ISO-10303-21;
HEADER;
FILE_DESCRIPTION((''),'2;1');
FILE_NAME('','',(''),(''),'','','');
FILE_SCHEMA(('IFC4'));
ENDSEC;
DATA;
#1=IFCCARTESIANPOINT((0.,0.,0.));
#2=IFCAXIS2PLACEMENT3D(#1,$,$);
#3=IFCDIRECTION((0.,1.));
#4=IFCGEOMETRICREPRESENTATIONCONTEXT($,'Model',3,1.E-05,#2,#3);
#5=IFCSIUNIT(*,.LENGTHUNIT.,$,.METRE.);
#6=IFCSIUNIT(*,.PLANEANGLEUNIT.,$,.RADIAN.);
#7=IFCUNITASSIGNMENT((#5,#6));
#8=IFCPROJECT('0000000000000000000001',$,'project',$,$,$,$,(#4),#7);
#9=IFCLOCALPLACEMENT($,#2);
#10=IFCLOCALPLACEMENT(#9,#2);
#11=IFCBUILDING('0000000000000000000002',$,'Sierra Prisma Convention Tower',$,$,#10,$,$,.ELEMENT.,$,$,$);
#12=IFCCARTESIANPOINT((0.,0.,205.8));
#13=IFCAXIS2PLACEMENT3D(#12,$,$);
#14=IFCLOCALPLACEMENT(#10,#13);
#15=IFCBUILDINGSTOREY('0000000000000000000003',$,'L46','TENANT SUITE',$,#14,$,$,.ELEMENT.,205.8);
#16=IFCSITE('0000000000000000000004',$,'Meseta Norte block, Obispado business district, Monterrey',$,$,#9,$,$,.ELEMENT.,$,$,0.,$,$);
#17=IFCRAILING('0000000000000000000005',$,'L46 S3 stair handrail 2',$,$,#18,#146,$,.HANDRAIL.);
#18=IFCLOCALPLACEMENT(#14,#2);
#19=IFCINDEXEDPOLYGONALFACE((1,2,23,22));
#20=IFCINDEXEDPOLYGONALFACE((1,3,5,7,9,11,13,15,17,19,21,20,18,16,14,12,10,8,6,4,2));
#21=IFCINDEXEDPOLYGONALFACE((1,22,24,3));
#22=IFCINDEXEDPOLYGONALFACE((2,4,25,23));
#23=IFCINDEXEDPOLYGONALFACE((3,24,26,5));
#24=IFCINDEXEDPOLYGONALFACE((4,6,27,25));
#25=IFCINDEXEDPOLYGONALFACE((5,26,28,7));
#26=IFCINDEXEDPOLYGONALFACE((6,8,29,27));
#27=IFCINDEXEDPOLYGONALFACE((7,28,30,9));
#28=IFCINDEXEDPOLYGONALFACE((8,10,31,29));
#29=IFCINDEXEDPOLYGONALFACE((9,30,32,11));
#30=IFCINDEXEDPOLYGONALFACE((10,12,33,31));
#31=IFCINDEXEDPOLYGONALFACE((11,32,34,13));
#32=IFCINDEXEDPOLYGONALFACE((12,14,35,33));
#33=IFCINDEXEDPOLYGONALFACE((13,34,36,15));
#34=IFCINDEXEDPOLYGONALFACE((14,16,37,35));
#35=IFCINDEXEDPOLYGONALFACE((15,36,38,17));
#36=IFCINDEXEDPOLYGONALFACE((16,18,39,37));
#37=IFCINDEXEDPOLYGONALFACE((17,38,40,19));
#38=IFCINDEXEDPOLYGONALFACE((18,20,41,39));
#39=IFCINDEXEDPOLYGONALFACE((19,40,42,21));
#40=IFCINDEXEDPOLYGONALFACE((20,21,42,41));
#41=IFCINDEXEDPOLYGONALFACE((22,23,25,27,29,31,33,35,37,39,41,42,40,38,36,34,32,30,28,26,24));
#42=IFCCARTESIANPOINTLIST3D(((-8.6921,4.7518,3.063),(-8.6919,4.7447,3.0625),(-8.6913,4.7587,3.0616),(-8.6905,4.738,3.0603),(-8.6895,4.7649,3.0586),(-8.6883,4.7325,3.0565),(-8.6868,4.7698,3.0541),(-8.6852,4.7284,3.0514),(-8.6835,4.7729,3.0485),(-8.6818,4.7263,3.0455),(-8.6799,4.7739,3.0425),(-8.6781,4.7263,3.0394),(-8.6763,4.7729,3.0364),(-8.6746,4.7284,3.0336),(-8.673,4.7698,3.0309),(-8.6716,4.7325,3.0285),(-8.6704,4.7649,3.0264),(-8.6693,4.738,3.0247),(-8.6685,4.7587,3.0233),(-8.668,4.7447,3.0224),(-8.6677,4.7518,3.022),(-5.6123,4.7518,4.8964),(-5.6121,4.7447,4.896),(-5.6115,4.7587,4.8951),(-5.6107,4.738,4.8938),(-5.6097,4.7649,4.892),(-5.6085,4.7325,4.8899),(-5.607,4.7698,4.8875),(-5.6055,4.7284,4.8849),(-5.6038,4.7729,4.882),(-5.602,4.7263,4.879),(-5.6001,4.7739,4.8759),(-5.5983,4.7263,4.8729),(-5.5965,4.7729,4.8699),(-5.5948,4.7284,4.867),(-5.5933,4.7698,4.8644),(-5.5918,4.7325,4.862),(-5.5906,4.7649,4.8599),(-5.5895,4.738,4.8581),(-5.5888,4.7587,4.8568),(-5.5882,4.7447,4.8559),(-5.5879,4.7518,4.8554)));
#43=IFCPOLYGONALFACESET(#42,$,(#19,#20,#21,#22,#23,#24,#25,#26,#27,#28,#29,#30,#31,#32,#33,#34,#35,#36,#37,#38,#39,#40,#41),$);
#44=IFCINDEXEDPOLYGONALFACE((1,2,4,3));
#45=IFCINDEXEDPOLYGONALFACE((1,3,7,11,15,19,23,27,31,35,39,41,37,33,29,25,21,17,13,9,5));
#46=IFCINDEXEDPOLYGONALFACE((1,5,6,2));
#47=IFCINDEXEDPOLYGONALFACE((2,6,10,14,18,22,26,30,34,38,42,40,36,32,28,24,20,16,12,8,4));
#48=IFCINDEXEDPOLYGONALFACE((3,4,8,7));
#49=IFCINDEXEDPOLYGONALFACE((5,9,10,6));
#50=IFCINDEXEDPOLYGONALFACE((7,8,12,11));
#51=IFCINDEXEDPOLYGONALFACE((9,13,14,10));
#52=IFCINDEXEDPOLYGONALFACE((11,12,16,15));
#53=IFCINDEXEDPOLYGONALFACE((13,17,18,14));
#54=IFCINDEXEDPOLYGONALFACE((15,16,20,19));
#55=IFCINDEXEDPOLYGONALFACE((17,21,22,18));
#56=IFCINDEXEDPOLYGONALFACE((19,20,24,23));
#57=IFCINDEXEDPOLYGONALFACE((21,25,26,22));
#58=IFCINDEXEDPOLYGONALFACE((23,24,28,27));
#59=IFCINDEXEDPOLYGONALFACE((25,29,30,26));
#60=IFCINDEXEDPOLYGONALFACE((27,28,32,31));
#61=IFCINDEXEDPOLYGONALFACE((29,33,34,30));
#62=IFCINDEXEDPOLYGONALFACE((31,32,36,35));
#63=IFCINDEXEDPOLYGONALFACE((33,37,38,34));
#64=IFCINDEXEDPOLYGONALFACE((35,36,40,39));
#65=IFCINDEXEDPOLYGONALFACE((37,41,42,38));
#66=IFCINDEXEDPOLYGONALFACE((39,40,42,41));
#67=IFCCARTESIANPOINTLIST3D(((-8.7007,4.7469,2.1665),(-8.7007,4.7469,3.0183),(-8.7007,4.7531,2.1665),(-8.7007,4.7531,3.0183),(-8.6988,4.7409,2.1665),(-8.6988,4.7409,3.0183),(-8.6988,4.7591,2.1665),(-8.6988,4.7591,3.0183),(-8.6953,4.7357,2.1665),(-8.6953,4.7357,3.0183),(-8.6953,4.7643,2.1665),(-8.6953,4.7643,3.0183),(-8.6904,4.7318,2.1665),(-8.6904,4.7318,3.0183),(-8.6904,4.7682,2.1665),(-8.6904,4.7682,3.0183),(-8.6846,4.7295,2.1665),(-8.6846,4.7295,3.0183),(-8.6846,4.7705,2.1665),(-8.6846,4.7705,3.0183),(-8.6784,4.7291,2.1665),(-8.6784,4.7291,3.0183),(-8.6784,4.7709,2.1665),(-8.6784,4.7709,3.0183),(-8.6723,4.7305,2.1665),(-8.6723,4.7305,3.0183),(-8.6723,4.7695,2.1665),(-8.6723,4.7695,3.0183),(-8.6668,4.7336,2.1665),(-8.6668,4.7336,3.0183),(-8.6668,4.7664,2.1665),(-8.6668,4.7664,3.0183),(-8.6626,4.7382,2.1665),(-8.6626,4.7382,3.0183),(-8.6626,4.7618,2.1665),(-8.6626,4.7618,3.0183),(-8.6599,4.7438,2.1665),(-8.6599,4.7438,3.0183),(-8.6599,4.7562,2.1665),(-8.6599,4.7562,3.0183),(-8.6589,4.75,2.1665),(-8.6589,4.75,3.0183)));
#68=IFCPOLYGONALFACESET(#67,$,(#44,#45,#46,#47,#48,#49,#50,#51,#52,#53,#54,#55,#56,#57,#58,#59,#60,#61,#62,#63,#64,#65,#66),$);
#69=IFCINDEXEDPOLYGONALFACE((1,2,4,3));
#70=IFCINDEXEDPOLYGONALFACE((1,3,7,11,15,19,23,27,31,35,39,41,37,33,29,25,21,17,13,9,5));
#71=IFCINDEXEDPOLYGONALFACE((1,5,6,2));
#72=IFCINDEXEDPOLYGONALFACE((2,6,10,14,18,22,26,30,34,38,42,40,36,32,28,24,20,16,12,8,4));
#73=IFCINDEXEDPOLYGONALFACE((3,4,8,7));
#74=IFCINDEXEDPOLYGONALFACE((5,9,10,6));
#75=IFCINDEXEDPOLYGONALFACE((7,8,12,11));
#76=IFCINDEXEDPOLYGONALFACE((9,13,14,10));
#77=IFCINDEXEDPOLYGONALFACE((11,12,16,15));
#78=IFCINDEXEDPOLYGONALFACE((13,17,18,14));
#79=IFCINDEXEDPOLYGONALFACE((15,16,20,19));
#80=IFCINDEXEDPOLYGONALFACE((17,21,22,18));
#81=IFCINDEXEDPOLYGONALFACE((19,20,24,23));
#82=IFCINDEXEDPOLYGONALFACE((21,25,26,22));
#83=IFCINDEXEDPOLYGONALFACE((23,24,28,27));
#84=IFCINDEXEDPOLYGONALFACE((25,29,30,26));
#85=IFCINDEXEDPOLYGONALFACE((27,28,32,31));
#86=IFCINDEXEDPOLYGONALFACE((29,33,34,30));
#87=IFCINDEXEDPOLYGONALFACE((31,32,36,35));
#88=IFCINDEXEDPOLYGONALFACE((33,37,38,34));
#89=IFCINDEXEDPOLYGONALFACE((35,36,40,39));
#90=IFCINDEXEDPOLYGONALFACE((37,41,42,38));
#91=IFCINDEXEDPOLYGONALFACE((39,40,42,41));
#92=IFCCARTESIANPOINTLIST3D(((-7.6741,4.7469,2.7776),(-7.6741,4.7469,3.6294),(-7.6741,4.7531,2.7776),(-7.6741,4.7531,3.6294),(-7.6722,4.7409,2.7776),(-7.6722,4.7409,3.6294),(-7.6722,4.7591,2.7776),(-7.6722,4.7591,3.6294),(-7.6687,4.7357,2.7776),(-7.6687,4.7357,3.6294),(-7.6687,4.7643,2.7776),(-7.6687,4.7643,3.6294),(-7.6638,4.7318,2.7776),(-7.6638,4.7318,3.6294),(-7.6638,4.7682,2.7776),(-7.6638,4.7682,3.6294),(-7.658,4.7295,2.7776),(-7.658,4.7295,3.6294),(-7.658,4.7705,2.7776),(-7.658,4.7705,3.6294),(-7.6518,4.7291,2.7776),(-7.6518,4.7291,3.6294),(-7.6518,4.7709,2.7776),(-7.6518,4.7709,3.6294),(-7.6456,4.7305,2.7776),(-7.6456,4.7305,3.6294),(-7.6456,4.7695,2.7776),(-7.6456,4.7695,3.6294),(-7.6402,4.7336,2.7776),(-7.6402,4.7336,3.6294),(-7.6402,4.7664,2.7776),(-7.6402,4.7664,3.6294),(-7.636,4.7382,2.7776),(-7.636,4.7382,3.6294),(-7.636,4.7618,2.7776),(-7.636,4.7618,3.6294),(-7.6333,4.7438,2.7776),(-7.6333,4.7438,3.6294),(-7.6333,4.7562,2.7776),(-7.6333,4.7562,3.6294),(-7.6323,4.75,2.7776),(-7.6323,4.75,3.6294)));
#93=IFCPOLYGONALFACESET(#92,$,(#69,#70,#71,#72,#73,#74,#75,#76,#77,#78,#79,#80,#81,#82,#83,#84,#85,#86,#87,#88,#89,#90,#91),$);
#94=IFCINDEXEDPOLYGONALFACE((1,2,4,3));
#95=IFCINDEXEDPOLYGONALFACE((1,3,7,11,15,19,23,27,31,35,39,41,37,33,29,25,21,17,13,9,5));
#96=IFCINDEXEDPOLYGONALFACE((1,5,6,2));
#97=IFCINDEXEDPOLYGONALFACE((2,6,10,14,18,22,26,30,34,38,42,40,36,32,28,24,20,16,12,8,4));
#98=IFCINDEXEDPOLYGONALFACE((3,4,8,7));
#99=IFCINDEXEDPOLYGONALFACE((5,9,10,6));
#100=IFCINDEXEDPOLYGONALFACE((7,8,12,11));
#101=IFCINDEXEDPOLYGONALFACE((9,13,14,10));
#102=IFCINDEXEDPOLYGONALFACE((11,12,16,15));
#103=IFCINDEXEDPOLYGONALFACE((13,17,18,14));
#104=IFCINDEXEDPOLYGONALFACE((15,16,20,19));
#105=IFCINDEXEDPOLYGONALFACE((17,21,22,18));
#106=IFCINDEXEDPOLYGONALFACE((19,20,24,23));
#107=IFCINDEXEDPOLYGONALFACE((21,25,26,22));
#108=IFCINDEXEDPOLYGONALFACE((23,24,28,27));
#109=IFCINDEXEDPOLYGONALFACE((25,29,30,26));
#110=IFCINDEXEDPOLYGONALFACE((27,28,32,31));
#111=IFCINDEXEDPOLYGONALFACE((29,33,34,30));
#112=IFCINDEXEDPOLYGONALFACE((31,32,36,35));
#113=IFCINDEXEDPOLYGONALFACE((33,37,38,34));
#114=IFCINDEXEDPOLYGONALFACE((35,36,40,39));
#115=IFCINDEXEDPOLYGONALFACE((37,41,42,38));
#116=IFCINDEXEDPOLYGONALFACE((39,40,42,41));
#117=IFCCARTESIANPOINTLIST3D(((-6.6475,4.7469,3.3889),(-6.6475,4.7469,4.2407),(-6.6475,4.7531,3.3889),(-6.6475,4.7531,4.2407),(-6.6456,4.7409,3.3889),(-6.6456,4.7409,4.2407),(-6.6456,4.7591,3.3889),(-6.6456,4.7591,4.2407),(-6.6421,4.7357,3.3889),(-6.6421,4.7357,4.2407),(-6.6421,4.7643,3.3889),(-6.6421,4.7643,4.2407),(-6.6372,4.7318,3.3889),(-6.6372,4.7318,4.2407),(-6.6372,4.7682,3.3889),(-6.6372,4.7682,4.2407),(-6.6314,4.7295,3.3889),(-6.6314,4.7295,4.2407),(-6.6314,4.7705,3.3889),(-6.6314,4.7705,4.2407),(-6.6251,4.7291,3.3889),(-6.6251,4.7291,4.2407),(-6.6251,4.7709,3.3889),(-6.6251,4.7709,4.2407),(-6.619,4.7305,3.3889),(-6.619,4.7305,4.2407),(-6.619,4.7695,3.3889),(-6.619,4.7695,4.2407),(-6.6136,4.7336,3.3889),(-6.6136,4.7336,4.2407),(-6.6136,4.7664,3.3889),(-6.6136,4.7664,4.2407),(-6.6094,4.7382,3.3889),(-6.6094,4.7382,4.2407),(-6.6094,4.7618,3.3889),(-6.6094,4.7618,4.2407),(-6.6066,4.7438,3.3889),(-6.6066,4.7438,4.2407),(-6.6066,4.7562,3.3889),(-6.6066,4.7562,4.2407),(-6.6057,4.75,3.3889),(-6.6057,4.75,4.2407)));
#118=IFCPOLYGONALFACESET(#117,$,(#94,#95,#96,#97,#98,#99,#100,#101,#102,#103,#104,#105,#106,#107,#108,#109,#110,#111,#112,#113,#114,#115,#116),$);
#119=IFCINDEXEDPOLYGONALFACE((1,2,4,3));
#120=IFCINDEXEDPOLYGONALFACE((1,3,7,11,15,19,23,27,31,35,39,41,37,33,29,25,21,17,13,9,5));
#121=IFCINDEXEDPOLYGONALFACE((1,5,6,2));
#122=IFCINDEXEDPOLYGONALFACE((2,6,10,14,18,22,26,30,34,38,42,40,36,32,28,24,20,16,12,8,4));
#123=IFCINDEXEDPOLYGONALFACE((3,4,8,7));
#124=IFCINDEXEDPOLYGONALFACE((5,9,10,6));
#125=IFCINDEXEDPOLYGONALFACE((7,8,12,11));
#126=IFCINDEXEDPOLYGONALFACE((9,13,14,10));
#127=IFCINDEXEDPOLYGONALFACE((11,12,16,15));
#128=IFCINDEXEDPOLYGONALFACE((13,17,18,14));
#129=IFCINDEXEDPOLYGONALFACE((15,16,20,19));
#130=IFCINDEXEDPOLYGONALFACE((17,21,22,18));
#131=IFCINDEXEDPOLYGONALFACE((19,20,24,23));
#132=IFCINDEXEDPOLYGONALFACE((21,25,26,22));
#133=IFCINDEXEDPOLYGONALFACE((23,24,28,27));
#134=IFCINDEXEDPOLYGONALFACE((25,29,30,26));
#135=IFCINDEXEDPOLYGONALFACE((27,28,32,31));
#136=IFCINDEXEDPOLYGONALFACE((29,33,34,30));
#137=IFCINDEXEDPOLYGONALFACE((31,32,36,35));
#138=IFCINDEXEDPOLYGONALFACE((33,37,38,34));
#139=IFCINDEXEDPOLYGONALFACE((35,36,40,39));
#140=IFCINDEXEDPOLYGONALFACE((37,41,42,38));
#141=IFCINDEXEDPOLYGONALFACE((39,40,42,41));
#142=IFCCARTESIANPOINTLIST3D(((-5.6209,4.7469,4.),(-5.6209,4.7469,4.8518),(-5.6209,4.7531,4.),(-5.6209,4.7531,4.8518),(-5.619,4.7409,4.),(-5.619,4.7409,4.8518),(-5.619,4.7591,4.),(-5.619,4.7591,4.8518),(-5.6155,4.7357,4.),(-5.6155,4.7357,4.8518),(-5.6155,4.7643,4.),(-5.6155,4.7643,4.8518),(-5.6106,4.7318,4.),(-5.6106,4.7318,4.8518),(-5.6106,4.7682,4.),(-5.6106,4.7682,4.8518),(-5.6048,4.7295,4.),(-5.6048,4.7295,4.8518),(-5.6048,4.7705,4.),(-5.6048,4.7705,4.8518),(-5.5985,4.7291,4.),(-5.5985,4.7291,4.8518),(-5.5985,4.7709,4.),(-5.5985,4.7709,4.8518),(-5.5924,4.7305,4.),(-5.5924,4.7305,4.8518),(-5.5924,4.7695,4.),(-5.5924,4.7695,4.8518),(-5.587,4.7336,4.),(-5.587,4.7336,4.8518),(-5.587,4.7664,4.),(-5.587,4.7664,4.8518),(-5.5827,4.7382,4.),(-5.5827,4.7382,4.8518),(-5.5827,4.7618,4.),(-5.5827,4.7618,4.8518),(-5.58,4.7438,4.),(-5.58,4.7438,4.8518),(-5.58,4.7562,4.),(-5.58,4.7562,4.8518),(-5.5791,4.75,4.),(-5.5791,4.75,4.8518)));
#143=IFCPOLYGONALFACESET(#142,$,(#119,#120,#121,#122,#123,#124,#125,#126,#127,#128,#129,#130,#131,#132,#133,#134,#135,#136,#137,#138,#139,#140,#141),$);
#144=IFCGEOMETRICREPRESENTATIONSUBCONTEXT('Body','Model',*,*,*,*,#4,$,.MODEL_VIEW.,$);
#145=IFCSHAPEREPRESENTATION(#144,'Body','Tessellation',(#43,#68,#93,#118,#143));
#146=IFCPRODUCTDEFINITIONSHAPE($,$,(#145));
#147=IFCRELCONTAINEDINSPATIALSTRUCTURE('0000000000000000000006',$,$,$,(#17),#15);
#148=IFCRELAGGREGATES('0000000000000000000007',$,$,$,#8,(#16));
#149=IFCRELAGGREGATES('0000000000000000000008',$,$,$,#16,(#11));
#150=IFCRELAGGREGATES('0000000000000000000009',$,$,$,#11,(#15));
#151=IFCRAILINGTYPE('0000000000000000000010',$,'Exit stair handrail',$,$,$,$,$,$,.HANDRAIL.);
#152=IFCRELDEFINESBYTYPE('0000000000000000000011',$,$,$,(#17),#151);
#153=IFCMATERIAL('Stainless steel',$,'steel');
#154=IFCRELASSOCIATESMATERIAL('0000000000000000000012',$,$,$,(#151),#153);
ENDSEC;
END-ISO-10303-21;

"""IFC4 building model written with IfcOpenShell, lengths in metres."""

from ifc_helpers import new_model, si_unit, direction, frame, origin, origin_2d, place, context, subcontext, project, spatial, circle, extrude, material, type_object, element, save


model = new_model("IFC4")

# Units and contexts
model_context = context("Model", 3, precision=1e-05, world=origin(), true_north=direction((0.0, 1.0)))
body_context = subcontext(model_context, "Body", "Model", "MODEL_VIEW")
ifc_project = project(units=[si_unit("LENGTHUNIT", "METRE"), si_unit("PLANEANGLEUNIT", "RADIAN")], contexts=[model_context])

# Site, building, storey
site_placement = place(None, origin())
site = spatial("IfcSite", under=ifc_project, at=site_placement, Name="Meseta Norte block, Obispado business district, Monterrey", CompositionType="ELEMENT", RefElevation=0.0)
building_placement = place(site_placement, origin())
building = spatial("IfcBuilding", under=site, at=building_placement, Name="Sierra Prisma Convention Tower", CompositionType="ELEMENT")
storey_placement = place(building_placement, frame((0.0, 0.0, 205.8)))
storey = spatial("IfcBuildingStorey", under=building, at=storey_placement, Name="L46", Description="TENANT SUITE", CompositionType="ELEMENT", Elevation=205.8)

# Railing
ifc_material_1 = material(Name="Stainless steel", Category="steel")
railing_type_1 = type_object("IfcRailingType", Name="Exit stair handrail", PredefinedType="HANDRAIL", material=ifc_material_1)
railing_1_placement = place(storey_placement, frame((-8.6799, 4.75, 2.1665)))
element("IfcRailing", 1, at=railing_1_placement, inside=storey, type_object=railing_type_1, Name="L46 S3 stair handrail 2", PredefinedType="HANDRAIL", context=body_context, shape_type="SweptSolid", body=[
    extrude(circle(Radius=0.0239, at=origin_2d()), frame((0.0, 0.0, 0.876), z_axis=(0.859261, 0.0, 0.511538), x_axis=(0.0, 1.0, 0.0)), (0.0, 0.0, 1.0), 3.5842),
    extrude(circle(Radius=0.021, at=origin_2d()), origin(), (0.0, 0.0, 1.0), 0.8518),
    extrude(circle(Radius=0.021, at=origin_2d()), frame((1.0266, 0.0, 0.6111)), (0.0, 0.0, 1.0), 0.8518),
    extrude(circle(Radius=0.021, at=origin_2d()), frame((2.0532, 0.0, 1.2224)), (0.0, 0.0, 1.0), 0.8518),
    extrude(circle(Radius=0.021, at=origin_2d()), frame((3.0798, 0.0, 1.8335)), (0.0, 0.0, 1.0), 0.8518),
])

save(model, "model.ifc")
